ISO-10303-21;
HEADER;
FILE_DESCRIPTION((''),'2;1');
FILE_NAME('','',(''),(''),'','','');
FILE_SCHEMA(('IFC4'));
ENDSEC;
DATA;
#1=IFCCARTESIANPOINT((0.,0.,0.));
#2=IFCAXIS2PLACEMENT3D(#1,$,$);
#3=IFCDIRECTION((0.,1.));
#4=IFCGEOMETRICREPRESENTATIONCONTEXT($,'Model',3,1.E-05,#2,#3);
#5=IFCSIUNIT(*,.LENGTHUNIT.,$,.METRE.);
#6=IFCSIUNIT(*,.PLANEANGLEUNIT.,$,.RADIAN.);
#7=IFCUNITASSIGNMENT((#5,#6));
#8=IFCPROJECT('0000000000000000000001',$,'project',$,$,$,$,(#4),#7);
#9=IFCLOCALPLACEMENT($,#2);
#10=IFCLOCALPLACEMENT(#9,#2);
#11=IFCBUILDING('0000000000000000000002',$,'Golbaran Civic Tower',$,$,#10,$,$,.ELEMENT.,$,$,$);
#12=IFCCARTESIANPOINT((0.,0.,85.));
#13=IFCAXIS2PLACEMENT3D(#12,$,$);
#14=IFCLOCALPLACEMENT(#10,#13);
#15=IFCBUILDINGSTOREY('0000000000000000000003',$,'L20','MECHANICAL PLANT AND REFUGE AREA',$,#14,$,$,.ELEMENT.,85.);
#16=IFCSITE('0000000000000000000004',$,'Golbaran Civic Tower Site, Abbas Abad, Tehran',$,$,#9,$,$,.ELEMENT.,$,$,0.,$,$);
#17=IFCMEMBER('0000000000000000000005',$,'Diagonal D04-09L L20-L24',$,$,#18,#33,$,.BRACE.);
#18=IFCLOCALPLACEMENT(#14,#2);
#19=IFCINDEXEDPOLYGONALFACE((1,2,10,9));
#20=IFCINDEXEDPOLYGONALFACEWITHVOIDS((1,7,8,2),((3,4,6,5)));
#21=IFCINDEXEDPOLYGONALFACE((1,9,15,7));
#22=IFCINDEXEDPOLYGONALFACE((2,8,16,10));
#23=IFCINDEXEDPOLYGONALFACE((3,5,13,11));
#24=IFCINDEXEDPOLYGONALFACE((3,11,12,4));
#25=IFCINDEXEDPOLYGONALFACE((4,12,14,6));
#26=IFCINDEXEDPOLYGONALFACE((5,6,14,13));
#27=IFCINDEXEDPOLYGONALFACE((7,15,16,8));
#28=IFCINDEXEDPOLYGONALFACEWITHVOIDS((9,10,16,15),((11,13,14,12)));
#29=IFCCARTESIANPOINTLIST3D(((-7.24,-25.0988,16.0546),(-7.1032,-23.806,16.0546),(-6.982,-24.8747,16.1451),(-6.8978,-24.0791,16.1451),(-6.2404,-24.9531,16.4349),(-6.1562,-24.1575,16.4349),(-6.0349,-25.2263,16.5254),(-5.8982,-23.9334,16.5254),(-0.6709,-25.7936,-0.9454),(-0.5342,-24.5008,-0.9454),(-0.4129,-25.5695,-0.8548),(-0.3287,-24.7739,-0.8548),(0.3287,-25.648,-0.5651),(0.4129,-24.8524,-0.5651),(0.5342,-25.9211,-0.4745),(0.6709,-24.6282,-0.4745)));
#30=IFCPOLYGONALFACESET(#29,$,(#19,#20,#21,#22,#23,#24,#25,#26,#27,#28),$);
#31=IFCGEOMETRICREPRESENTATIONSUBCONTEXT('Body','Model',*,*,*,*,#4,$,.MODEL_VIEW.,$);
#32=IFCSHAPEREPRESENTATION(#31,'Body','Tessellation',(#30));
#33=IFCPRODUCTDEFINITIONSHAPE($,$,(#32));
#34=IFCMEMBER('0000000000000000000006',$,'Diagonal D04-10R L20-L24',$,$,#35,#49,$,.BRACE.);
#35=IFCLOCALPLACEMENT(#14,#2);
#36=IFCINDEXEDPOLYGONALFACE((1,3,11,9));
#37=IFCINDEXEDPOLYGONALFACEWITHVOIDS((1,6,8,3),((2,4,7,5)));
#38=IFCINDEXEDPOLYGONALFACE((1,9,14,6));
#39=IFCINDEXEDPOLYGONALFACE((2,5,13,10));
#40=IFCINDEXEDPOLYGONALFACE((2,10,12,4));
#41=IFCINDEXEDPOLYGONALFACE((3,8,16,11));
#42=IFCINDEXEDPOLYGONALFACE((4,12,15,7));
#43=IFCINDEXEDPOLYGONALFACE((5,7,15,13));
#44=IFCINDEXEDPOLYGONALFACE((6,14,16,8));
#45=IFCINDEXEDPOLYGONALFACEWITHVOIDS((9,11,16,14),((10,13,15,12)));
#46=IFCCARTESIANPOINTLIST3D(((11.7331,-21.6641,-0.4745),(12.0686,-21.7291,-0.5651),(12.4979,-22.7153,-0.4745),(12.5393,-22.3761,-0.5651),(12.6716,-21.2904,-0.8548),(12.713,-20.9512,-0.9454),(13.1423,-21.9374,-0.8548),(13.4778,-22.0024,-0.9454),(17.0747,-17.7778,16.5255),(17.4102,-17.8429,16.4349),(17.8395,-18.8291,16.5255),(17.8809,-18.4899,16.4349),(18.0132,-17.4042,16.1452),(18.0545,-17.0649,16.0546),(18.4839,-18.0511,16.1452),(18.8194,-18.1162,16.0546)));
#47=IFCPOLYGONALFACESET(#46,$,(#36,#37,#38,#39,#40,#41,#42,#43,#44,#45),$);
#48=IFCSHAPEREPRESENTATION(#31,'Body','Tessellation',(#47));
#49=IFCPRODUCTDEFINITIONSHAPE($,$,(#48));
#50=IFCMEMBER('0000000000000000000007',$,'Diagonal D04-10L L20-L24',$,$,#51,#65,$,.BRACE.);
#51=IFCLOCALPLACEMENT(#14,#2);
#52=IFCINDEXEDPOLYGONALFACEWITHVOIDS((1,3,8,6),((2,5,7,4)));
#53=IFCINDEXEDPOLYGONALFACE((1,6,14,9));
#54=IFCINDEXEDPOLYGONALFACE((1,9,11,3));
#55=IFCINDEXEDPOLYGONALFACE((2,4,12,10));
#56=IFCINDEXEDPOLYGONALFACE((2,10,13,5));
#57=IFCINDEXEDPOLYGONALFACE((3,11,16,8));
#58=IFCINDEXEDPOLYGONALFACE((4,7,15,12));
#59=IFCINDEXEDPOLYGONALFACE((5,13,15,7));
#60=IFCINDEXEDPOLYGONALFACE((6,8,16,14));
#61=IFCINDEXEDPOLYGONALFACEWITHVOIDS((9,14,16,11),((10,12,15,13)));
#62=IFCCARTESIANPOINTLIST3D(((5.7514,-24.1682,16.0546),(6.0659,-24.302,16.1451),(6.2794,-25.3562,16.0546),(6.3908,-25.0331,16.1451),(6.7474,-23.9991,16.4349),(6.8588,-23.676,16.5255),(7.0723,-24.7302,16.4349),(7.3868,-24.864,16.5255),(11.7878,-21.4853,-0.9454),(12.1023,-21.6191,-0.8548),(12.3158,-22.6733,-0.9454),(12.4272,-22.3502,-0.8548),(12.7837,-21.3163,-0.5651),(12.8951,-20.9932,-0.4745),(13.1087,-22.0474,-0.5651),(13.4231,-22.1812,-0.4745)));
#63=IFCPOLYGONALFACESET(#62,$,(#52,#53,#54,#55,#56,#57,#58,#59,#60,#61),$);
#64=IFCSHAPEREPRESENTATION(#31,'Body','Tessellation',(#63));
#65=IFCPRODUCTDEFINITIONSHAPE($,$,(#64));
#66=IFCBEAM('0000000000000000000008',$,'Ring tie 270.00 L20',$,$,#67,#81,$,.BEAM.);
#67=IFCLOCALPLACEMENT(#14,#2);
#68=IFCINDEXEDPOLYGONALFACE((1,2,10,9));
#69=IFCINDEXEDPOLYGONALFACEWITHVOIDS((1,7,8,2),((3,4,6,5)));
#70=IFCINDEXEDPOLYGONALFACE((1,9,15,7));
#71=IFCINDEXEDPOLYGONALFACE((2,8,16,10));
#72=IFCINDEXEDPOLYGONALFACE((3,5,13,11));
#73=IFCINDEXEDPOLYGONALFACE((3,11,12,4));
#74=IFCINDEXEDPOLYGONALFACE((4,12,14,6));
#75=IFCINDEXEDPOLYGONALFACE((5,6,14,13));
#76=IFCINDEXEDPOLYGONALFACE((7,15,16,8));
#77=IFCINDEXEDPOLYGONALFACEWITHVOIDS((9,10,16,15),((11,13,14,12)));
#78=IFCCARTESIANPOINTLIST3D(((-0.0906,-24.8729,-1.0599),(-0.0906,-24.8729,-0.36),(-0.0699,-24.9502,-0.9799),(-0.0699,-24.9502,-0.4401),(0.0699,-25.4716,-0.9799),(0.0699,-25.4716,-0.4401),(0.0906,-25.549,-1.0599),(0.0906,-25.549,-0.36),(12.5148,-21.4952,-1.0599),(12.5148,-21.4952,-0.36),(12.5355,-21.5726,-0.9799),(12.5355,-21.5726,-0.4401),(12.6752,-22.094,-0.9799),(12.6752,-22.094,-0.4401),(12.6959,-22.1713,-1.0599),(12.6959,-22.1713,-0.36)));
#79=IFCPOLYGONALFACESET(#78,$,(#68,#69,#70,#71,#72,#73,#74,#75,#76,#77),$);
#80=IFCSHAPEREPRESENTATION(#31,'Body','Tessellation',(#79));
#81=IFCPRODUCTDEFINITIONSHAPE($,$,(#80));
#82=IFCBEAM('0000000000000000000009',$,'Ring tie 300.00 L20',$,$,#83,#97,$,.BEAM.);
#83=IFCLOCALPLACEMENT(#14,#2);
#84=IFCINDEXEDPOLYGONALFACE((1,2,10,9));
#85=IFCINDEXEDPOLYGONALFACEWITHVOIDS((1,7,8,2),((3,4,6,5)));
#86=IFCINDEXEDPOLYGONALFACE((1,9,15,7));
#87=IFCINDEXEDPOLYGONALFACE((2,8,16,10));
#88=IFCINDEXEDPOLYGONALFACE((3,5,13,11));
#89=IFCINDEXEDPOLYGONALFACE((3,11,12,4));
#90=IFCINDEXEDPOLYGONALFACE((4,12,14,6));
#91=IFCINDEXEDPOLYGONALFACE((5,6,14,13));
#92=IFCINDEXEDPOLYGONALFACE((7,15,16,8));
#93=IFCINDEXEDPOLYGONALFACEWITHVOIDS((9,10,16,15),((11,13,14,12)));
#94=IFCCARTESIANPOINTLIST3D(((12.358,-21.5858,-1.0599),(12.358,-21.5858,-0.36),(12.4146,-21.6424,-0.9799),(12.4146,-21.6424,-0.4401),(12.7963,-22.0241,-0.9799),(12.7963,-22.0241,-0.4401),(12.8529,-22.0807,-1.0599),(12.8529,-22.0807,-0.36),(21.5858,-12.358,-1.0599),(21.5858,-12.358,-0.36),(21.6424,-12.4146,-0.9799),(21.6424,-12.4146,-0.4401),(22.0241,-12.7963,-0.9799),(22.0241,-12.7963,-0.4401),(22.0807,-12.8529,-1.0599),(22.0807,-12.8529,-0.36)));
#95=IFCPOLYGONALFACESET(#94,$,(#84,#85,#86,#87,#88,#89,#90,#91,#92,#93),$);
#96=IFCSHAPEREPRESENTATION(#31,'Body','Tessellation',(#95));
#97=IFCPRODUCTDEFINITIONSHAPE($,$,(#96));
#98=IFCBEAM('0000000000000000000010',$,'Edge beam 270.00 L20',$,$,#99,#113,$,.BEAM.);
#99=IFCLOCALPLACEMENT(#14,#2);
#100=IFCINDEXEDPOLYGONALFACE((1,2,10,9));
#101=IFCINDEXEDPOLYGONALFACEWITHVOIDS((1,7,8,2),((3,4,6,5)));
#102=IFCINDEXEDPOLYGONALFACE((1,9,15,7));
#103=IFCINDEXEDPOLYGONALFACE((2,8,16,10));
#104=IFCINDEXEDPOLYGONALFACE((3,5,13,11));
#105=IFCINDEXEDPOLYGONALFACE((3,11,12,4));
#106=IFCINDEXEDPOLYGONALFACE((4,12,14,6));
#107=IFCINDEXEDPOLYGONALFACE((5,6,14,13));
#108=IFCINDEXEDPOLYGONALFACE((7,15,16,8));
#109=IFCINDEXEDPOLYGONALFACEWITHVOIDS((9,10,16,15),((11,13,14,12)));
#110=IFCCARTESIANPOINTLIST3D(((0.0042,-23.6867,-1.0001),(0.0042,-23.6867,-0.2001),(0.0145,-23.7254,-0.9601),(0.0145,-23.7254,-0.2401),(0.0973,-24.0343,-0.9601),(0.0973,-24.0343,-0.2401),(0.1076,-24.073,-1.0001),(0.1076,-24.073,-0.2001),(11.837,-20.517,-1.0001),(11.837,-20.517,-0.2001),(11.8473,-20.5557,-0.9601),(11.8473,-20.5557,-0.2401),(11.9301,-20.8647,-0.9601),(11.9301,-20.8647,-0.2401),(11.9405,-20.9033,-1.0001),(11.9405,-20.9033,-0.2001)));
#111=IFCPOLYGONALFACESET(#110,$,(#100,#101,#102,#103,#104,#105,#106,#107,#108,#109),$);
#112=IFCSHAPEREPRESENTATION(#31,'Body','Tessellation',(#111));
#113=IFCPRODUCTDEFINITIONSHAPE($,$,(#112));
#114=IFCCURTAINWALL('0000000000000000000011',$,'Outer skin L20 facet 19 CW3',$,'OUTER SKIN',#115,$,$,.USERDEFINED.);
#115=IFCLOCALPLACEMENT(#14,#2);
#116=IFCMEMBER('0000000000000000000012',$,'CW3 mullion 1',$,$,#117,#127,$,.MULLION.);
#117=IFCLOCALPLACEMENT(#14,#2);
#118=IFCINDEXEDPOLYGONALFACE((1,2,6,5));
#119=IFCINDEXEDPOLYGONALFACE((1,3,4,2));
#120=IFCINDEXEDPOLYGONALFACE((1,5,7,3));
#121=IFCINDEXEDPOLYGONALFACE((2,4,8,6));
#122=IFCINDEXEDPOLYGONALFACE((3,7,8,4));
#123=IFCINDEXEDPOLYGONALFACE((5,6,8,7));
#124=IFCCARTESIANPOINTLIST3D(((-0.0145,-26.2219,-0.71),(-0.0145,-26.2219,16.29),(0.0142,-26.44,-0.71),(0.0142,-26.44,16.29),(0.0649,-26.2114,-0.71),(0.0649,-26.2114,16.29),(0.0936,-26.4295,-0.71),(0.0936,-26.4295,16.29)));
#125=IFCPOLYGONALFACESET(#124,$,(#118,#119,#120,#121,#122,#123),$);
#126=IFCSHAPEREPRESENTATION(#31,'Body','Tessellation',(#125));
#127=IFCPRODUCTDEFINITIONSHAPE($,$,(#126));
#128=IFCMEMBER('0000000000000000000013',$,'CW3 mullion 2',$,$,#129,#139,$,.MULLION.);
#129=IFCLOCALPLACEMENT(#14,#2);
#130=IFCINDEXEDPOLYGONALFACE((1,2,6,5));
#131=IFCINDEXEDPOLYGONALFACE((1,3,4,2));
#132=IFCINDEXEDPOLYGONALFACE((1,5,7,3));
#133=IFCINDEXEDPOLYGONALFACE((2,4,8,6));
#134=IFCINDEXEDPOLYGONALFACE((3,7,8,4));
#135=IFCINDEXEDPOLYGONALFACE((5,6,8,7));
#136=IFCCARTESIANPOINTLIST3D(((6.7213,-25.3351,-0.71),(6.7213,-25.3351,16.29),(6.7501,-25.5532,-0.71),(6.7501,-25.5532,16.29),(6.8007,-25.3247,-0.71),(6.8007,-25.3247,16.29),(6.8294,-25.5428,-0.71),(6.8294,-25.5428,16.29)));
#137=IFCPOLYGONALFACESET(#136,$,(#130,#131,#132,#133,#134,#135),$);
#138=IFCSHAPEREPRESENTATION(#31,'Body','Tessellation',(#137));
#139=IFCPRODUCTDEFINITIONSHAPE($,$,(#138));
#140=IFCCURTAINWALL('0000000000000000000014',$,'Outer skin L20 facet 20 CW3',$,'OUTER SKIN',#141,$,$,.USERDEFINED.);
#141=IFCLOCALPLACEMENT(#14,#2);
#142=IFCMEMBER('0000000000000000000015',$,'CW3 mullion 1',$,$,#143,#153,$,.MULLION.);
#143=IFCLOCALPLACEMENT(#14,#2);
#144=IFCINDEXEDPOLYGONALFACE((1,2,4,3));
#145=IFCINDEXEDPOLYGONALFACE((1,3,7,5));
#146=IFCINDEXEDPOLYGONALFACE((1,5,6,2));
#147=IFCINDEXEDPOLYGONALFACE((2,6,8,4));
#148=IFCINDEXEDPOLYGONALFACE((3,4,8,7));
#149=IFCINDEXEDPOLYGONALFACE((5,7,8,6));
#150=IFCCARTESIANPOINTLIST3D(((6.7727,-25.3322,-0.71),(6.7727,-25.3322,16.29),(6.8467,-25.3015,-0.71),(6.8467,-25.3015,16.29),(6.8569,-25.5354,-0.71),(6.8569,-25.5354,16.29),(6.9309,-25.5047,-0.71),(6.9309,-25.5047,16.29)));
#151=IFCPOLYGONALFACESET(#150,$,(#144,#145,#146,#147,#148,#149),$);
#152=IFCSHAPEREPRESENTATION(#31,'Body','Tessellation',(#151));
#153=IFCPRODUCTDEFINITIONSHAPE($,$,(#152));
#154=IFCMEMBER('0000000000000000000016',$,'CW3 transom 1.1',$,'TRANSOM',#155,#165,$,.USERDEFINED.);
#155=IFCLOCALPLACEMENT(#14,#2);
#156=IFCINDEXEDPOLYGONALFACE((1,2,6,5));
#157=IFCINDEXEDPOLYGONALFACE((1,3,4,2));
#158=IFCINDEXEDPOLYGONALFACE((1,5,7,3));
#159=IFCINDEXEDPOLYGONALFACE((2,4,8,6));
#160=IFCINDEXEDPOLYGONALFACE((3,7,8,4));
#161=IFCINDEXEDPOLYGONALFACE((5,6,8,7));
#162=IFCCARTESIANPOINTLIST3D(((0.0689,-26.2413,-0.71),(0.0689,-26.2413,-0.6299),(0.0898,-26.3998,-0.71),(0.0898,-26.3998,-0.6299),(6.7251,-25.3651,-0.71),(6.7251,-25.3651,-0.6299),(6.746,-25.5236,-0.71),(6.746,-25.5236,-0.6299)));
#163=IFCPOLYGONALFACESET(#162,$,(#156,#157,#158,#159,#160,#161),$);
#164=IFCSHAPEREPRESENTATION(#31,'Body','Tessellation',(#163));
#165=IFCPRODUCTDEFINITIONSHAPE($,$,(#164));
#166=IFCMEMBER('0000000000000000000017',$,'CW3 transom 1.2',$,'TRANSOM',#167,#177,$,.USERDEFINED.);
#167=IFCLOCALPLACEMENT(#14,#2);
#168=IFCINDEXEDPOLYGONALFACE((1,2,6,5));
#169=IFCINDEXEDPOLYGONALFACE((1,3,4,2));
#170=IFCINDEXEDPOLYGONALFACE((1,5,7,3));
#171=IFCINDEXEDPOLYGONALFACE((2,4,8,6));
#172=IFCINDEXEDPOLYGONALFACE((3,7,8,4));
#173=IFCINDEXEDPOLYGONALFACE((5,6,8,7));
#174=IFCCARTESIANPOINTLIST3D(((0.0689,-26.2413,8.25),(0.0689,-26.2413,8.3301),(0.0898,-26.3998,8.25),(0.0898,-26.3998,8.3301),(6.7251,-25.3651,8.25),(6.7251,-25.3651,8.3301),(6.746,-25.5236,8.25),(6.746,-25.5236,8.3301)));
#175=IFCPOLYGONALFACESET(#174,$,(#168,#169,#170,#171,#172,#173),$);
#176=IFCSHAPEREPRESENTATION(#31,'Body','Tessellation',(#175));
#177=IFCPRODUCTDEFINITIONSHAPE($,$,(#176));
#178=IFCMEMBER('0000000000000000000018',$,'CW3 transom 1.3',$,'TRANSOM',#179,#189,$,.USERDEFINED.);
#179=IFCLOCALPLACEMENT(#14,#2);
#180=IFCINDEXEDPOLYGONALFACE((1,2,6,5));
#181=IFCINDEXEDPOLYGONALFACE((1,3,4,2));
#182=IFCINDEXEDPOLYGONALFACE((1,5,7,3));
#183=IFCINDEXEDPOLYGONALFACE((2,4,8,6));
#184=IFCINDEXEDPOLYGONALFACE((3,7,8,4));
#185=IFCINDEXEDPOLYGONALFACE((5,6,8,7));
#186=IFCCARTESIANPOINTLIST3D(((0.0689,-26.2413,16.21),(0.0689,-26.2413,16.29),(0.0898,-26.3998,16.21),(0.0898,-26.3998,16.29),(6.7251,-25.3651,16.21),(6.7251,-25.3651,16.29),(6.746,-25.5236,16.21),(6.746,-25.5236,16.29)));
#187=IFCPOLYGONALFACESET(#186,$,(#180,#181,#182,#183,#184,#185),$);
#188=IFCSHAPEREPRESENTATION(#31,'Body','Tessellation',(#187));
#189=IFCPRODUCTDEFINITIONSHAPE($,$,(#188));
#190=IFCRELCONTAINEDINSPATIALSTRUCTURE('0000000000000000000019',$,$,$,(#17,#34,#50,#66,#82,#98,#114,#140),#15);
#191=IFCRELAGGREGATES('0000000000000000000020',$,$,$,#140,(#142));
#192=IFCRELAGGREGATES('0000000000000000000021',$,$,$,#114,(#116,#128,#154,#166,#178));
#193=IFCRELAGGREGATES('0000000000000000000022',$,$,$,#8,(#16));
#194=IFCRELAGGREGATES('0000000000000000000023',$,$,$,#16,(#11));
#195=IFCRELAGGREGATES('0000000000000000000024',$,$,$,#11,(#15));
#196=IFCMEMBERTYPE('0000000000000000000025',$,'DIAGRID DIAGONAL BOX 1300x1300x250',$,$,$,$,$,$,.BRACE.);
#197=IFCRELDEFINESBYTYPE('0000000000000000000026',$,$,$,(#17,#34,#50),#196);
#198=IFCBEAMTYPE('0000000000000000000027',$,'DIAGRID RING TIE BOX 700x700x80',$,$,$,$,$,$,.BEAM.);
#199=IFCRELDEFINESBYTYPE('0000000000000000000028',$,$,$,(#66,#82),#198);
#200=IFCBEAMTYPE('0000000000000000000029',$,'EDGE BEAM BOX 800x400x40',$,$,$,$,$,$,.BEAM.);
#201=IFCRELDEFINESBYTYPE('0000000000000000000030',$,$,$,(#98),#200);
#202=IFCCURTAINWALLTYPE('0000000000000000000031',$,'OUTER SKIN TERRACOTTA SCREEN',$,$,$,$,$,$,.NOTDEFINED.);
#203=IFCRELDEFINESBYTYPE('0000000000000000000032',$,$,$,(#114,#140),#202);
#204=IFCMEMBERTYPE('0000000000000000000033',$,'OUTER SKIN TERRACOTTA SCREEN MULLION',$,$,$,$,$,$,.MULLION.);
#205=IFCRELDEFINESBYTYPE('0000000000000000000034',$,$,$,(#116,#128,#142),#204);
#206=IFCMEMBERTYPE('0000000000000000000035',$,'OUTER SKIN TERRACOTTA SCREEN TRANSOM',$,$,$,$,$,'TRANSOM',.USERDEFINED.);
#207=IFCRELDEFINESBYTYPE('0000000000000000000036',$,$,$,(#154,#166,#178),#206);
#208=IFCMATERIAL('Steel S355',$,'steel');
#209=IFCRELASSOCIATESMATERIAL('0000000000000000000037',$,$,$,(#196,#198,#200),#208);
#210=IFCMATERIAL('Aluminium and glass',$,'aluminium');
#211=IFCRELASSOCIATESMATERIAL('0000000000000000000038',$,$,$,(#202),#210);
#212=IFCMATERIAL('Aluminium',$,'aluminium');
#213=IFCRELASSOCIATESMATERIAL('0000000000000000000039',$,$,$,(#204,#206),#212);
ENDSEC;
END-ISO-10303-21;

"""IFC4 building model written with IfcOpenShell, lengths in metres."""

from ifc_helpers import new_model, si_unit, direction, frame, origin, origin_2d, place, context, subcontext, project, spatial, rectangle, hollow_rectangle, extrude, material, material_profile, profile_set, type_object, element, aggregate, save


model = new_model("IFC4")

# Units and contexts
model_context = context("Model", 3, precision=1e-05, world=origin(), true_north=direction((0.0, 1.0)))
body_context = subcontext(model_context, "Body", "Model", "MODEL_VIEW")
ifc_project = project(units=[si_unit("LENGTHUNIT", "METRE"), si_unit("PLANEANGLEUNIT", "RADIAN")], contexts=[model_context])

# Site, building, storey
site_placement = place(None, origin())
site = spatial("IfcSite", under=ifc_project, at=site_placement, Name="Golbaran Civic Tower Site, Abbas Abad, Tehran", CompositionType="ELEMENT", RefElevation=0.0)
building_placement = place(site_placement, origin())
building = spatial("IfcBuilding", under=site, at=building_placement, Name="Golbaran Civic Tower", CompositionType="ELEMENT")
storey_placement = place(building_placement, frame((0.0, 0.0, 85.0)))
storey = spatial("IfcBuildingStorey", under=building, at=storey_placement, Name="L20", Description="MECHANICAL PLANT AND REFUGE AREA", CompositionType="ELEMENT", Elevation=85.0)

# Members
ifc_material_1 = material(Name="Steel S355", Category="steel")
ifc_material_profile_1 = material_profile(ifc_material_1, hollow_rectangle(XDim=1.3, YDim=1.3, WallThickness=0.25, at=origin_2d()), Name="BOX 1300x1300x250")
ifc_profile_set_1 = profile_set([ifc_material_profile_1], Name="Steel S355")
member_type_1 = type_object("IfcMemberType", Name="DIAGRID DIAGONAL BOX 1300x1300x250", PredefinedType="BRACE", material=ifc_profile_set_1)
for number, where, z_axis, x_axis, name in (
    (1, (0.0, -25.2109, -0.71), (-0.360181, 0.038097, 0.932104), (-0.105185, -0.994453, 0.0), "Diagonal D04-09L L20-L24"),
    (2, (12.6055, -21.8333, -0.71), (0.292876, 0.213081, 0.932105), (-0.588317, 0.808631, 0.0), "Diagonal D04-10R L20-L24"),
    (3, (12.6055, -21.8333, -0.71), (-0.330973, -0.1471, 0.932104), (0.406142, -0.91381, 0.0), "Diagonal D04-10L L20-L24"),
):
    element("IfcMember", number, at=place(storey_placement, frame(where, z_axis=z_axis, x_axis=x_axis)), inside=storey, type_object=member_type_1, Name=name, PredefinedType="BRACE", context=body_context, shape_type="SweptSolid", body=[
        extrude(hollow_rectangle(XDim=1.3, YDim=1.3, WallThickness=0.25, at=origin_2d()), origin(), (0.0, 0.0, 1.0), 18.2383),
    ])

# Beams
ifc_material_profile_2 = material_profile(ifc_material_1, hollow_rectangle(XDim=0.7, YDim=0.7, WallThickness=0.0801, at=origin_2d()), Name="BOX 700x700x80")
ifc_profile_set_2 = profile_set([ifc_material_profile_2], Name="Steel S355")
beam_type_1 = type_object("IfcBeamType", Name="DIAGRID RING TIE BOX 700x700x80", PredefinedType="BEAM", material=ifc_profile_set_2)
for number, where, z_axis, x_axis, name in (
    (4, (0.0, -25.2109, -0.71), (0.965925, 0.258823, 0.0), (-0.258823, 0.965925, 0.0), "Ring tie 270.00 L20"),
    (5, (12.6055, -21.8333, -0.71), (0.707107, 0.707107, 0.0), (-0.707107, 0.707107, 0.0), "Ring tie 300.00 L20"),
):
    element("IfcBeam", number, at=place(storey_placement, frame(where, z_axis=z_axis, x_axis=x_axis)), inside=storey, type_object=beam_type_1, Name=name, PredefinedType="BEAM", context=body_context, shape_type="SweptSolid", body=[
        extrude(hollow_rectangle(XDim=0.7, YDim=0.7, WallThickness=0.0801, at=origin_2d()), origin(), (0.0, 0.0, 1.0), 13.05),
    ])
ifc_material_profile_3 = material_profile(ifc_material_1, hollow_rectangle(XDim=0.3999, YDim=0.8, WallThickness=0.04, at=origin_2d()), Name="BOX 800x400x40")
ifc_profile_set_3 = profile_set([ifc_material_profile_3], Name="Steel S355")
beam_type_2 = type_object("IfcBeamType", Name="EDGE BEAM BOX 800x400x40", PredefinedType="BEAM", material=ifc_profile_set_3)
beam_placement = place(storey_placement, frame((0.0559, -23.8799, -0.6001), z_axis=(0.965944, 0.25875, 0.0), x_axis=(-0.25875, 0.965944, 0.0)))
element("IfcBeam", 6, at=beam_placement, inside=storey, type_object=beam_type_2, Name="Edge beam 270.00 L20", PredefinedType="BEAM", context=body_context, shape_type="SweptSolid", body=[
    extrude(hollow_rectangle(XDim=0.3999, YDim=0.8, WallThickness=0.04, at=origin_2d()), origin(), (0.0, 0.0, 1.0), 12.25),
])

# Curtain wall, members
ifc_material_2 = material(Name="Aluminium and glass", Category="aluminium")
curtain_wall_type_1 = type_object("IfcCurtainWallType", Name="OUTER SKIN TERRACOTTA SCREEN", PredefinedType="NOTDEFINED", material=ifc_material_2)
curtain_wall_1_placement = place(storey_placement, origin())
curtain_wall_1 = element("IfcCurtainWall", 7, at=curtain_wall_1_placement, inside=storey, type_object=curtain_wall_type_1, Name="Outer skin L20 facet 19 CW3", ObjectType="OUTER SKIN", PredefinedType="USERDEFINED")
ifc_material_3 = material(Name="Aluminium", Category="aluminium")
ifc_material_profile_4 = material_profile(ifc_material_3, rectangle(XDim=0.22, YDim=0.0801, at=origin_2d()), Name="OUTER SKIN TERRACOTTA SCREEN MULLION")
ifc_profile_set_4 = profile_set([ifc_material_profile_4], Name="Aluminium")
member_type_2 = type_object("IfcMemberType", Name="OUTER SKIN TERRACOTTA SCREEN MULLION", PredefinedType="MULLION", material=ifc_profile_set_4)
member_1_placement = place(storey_placement, frame((0.0396, -26.3257, -0.71), z_axis=(0.0, 0.0, 1.0), x_axis=(-0.130526, 0.991445, 0.0)))
member_1 = element("IfcMember", 8, at=member_1_placement, type_object=member_type_2, Name="CW3 mullion 1", PredefinedType="MULLION", context=body_context, shape_type="SweptSolid", body=[
    extrude(rectangle(XDim=0.22, YDim=0.0801, at=origin_2d()), origin(), (0.0, 0.0, 1.0), 17.0),
])
member_2_placement = place(storey_placement, frame((6.7754, -25.439, -0.71), z_axis=(0.0, 0.0, 1.0), x_axis=(-0.130526, 0.991445, 0.0)))
member_2 = element("IfcMember", 9, at=member_2_placement, type_object=member_type_2, Name="CW3 mullion 2", PredefinedType="MULLION", context=body_context, shape_type="SweptSolid", body=[
    extrude(rectangle(XDim=0.22, YDim=0.0801, at=origin_2d()), origin(), (0.0, 0.0, 1.0), 17.0),
])

# Curtain wall, member
curtain_wall_2_placement = place(storey_placement, origin())
curtain_wall_2 = element("IfcCurtainWall", 10, at=curtain_wall_2_placement, inside=storey, type_object=curtain_wall_type_1, Name="Outer skin L20 facet 20 CW3", ObjectType="OUTER SKIN", PredefinedType="USERDEFINED")
member_3_placement = place(storey_placement, frame((6.8518, -25.4185, -0.71), z_axis=(0.0, 0.0, 1.0), x_axis=(-0.382683, 0.92388, 0.0)))
member_3 = element("IfcMember", 11, at=member_3_placement, type_object=member_type_2, Name="CW3 mullion 1", PredefinedType="MULLION", context=body_context, shape_type="SweptSolid", body=[
    extrude(rectangle(XDim=0.22, YDim=0.0801, at=origin_2d()), origin(), (0.0, 0.0, 1.0), 17.0),
])

# Members
ifc_material_profile_5 = material_profile(ifc_material_3, rectangle(XDim=0.1599, YDim=0.0801, at=origin_2d()), Name="OUTER SKIN TERRACOTTA SCREEN TRANSOM")
ifc_profile_set_5 = profile_set([ifc_material_profile_5], Name="Aluminium")
member_type_3 = type_object("IfcMemberType", Name="OUTER SKIN TERRACOTTA SCREEN TRANSOM", ElementType="TRANSOM", PredefinedType="USERDEFINED", material=ifc_profile_set_5)
member_4_placement = place(storey_placement, frame((0.0793, -26.3206, -0.6699), z_axis=(0.991447, 0.130513, 0.0), x_axis=(-0.130513, 0.991447, 0.0)))
member_4 = element("IfcMember", 12, at=member_4_placement, type_object=member_type_3, Name="CW3 transom 1.1", ObjectType="TRANSOM", PredefinedType="USERDEFINED", context=body_context, shape_type="SweptSolid", body=[
    extrude(rectangle(XDim=0.1599, YDim=0.0801, at=origin_2d()), origin(), (0.0, 0.0, 1.0), 6.7136),
])
member_5_placement = place(storey_placement, frame((0.0793, -26.3206, 8.29), z_axis=(0.991447, 0.130513, 0.0), x_axis=(-0.130513, 0.991447, 0.0)))
member_5 = element("IfcMember", 13, at=member_5_placement, type_object=member_type_3, Name="CW3 transom 1.2", ObjectType="TRANSOM", PredefinedType="USERDEFINED", context=body_context, shape_type="SweptSolid", body=[
    extrude(rectangle(XDim=0.1599, YDim=0.0801, at=origin_2d()), origin(), (0.0, 0.0, 1.0), 6.7136),
])
member_6_placement = place(storey_placement, frame((0.0793, -26.3206, 16.25), z_axis=(0.991447, 0.130513, 0.0), x_axis=(-0.130513, 0.991447, 0.0)))
member_6 = element("IfcMember", 14, at=member_6_placement, type_object=member_type_3, Name="CW3 transom 1.3", ObjectType="TRANSOM", PredefinedType="USERDEFINED", context=body_context, shape_type="SweptSolid", body=[
    extrude(rectangle(XDim=0.1599, YDim=0.0801, at=origin_2d()), origin(), (0.0, 0.0, 1.0), 6.7136),
])

aggregate(curtain_wall_2, [member_3])
aggregate(curtain_wall_1, [member_1, member_2, member_4, member_5, member_6])

save(model, "model.ifc")
